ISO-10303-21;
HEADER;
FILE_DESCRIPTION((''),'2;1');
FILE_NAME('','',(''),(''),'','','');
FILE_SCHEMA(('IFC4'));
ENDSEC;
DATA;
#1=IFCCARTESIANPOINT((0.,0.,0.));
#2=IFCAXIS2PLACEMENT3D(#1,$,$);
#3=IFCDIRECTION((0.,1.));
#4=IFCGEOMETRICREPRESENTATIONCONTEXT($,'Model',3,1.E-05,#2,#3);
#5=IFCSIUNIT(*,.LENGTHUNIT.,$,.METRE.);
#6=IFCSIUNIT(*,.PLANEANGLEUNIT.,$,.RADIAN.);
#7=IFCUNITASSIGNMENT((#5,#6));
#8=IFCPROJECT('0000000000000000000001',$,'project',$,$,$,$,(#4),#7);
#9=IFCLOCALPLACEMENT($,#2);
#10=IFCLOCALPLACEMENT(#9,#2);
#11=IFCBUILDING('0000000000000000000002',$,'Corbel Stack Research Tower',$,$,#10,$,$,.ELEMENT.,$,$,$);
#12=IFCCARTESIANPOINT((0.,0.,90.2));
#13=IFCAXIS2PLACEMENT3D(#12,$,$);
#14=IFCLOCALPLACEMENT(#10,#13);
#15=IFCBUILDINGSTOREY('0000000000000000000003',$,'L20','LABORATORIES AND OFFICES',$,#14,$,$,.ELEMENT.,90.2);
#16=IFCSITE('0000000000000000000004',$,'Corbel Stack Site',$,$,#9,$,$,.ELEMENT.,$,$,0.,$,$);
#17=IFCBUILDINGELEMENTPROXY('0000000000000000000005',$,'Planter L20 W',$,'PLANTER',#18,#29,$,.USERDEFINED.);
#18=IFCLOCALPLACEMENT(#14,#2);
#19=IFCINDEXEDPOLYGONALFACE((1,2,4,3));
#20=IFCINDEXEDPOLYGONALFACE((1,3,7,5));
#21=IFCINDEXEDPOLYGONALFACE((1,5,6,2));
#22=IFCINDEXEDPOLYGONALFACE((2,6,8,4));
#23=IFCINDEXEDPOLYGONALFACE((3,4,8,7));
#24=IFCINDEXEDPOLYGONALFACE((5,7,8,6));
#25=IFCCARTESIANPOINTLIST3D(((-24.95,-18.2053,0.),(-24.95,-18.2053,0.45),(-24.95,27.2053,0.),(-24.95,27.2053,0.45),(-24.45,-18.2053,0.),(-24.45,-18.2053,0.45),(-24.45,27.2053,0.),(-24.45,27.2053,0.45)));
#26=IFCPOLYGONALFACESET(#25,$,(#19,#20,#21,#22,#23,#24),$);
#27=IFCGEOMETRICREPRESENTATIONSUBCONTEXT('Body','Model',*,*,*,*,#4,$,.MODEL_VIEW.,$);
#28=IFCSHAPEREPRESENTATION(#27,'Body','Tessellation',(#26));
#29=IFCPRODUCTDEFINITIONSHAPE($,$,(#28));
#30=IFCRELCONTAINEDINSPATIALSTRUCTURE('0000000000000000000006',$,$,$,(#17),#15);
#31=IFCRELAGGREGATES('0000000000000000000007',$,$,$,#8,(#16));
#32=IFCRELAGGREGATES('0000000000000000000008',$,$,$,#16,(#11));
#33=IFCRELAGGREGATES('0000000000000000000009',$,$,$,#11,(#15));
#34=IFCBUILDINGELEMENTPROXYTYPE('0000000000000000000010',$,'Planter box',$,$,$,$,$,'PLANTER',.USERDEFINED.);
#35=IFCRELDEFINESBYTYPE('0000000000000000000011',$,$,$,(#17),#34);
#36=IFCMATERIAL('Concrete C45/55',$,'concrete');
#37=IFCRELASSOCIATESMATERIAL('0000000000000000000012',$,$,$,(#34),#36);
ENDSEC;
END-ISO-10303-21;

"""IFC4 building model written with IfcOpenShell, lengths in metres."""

from ifc_helpers import new_model, si_unit, direction, frame, origin, origin_2d, place, context, subcontext, project, spatial, rectangle, extrude, material, type_object, element, save


model = new_model("IFC4")

# Units and contexts
model_context = context("Model", 3, precision=1e-05, world=origin(), true_north=direction((0.0, 1.0)))
body_context = subcontext(model_context, "Body", "Model", "MODEL_VIEW")
ifc_project = project(units=[si_unit("LENGTHUNIT", "METRE"), si_unit("PLANEANGLEUNIT", "RADIAN")], contexts=[model_context])

# Site, building, storey
site_placement = place(None, origin())
site = spatial("IfcSite", under=ifc_project, at=site_placement, Name="Corbel Stack Site", CompositionType="ELEMENT", RefElevation=0.0)
building_placement = place(site_placement, origin())
building = spatial("IfcBuilding", under=site, at=building_placement, Name="Corbel Stack Research Tower", CompositionType="ELEMENT")
storey_placement = place(building_placement, frame((0.0, 0.0, 90.2)))
storey = spatial("IfcBuildingStorey", under=building, at=storey_placement, Name="L20", Description="LABORATORIES AND OFFICES", CompositionType="ELEMENT", Elevation=90.2)

# Building element proxy
ifc_material_1 = material(Name="Concrete C45/55", Category="concrete")
building_element_proxy_type = type_object("IfcBuildingElementProxyType", Name="Planter box", ElementType="PLANTER", PredefinedType="USERDEFINED", material=ifc_material_1)
proxy_placement = place(storey_placement, frame((-24.7, 4.5, 0.0), z_axis=(0.0, 0.0, 1.0), x_axis=(0.0, -1.0, 0.0)))
element("IfcBuildingElementProxy", 1, at=proxy_placement, inside=storey, type_object=building_element_proxy_type, Name="Planter L20 W", ObjectType="PLANTER", PredefinedType="USERDEFINED", context=body_context, shape_type="SweptSolid", body=[
    extrude(rectangle(XDim=45.4106, YDim=0.5, at=origin_2d()), origin(), (0.0, 0.0, 1.0), 0.45),
])

save(model, "model.ifc")
